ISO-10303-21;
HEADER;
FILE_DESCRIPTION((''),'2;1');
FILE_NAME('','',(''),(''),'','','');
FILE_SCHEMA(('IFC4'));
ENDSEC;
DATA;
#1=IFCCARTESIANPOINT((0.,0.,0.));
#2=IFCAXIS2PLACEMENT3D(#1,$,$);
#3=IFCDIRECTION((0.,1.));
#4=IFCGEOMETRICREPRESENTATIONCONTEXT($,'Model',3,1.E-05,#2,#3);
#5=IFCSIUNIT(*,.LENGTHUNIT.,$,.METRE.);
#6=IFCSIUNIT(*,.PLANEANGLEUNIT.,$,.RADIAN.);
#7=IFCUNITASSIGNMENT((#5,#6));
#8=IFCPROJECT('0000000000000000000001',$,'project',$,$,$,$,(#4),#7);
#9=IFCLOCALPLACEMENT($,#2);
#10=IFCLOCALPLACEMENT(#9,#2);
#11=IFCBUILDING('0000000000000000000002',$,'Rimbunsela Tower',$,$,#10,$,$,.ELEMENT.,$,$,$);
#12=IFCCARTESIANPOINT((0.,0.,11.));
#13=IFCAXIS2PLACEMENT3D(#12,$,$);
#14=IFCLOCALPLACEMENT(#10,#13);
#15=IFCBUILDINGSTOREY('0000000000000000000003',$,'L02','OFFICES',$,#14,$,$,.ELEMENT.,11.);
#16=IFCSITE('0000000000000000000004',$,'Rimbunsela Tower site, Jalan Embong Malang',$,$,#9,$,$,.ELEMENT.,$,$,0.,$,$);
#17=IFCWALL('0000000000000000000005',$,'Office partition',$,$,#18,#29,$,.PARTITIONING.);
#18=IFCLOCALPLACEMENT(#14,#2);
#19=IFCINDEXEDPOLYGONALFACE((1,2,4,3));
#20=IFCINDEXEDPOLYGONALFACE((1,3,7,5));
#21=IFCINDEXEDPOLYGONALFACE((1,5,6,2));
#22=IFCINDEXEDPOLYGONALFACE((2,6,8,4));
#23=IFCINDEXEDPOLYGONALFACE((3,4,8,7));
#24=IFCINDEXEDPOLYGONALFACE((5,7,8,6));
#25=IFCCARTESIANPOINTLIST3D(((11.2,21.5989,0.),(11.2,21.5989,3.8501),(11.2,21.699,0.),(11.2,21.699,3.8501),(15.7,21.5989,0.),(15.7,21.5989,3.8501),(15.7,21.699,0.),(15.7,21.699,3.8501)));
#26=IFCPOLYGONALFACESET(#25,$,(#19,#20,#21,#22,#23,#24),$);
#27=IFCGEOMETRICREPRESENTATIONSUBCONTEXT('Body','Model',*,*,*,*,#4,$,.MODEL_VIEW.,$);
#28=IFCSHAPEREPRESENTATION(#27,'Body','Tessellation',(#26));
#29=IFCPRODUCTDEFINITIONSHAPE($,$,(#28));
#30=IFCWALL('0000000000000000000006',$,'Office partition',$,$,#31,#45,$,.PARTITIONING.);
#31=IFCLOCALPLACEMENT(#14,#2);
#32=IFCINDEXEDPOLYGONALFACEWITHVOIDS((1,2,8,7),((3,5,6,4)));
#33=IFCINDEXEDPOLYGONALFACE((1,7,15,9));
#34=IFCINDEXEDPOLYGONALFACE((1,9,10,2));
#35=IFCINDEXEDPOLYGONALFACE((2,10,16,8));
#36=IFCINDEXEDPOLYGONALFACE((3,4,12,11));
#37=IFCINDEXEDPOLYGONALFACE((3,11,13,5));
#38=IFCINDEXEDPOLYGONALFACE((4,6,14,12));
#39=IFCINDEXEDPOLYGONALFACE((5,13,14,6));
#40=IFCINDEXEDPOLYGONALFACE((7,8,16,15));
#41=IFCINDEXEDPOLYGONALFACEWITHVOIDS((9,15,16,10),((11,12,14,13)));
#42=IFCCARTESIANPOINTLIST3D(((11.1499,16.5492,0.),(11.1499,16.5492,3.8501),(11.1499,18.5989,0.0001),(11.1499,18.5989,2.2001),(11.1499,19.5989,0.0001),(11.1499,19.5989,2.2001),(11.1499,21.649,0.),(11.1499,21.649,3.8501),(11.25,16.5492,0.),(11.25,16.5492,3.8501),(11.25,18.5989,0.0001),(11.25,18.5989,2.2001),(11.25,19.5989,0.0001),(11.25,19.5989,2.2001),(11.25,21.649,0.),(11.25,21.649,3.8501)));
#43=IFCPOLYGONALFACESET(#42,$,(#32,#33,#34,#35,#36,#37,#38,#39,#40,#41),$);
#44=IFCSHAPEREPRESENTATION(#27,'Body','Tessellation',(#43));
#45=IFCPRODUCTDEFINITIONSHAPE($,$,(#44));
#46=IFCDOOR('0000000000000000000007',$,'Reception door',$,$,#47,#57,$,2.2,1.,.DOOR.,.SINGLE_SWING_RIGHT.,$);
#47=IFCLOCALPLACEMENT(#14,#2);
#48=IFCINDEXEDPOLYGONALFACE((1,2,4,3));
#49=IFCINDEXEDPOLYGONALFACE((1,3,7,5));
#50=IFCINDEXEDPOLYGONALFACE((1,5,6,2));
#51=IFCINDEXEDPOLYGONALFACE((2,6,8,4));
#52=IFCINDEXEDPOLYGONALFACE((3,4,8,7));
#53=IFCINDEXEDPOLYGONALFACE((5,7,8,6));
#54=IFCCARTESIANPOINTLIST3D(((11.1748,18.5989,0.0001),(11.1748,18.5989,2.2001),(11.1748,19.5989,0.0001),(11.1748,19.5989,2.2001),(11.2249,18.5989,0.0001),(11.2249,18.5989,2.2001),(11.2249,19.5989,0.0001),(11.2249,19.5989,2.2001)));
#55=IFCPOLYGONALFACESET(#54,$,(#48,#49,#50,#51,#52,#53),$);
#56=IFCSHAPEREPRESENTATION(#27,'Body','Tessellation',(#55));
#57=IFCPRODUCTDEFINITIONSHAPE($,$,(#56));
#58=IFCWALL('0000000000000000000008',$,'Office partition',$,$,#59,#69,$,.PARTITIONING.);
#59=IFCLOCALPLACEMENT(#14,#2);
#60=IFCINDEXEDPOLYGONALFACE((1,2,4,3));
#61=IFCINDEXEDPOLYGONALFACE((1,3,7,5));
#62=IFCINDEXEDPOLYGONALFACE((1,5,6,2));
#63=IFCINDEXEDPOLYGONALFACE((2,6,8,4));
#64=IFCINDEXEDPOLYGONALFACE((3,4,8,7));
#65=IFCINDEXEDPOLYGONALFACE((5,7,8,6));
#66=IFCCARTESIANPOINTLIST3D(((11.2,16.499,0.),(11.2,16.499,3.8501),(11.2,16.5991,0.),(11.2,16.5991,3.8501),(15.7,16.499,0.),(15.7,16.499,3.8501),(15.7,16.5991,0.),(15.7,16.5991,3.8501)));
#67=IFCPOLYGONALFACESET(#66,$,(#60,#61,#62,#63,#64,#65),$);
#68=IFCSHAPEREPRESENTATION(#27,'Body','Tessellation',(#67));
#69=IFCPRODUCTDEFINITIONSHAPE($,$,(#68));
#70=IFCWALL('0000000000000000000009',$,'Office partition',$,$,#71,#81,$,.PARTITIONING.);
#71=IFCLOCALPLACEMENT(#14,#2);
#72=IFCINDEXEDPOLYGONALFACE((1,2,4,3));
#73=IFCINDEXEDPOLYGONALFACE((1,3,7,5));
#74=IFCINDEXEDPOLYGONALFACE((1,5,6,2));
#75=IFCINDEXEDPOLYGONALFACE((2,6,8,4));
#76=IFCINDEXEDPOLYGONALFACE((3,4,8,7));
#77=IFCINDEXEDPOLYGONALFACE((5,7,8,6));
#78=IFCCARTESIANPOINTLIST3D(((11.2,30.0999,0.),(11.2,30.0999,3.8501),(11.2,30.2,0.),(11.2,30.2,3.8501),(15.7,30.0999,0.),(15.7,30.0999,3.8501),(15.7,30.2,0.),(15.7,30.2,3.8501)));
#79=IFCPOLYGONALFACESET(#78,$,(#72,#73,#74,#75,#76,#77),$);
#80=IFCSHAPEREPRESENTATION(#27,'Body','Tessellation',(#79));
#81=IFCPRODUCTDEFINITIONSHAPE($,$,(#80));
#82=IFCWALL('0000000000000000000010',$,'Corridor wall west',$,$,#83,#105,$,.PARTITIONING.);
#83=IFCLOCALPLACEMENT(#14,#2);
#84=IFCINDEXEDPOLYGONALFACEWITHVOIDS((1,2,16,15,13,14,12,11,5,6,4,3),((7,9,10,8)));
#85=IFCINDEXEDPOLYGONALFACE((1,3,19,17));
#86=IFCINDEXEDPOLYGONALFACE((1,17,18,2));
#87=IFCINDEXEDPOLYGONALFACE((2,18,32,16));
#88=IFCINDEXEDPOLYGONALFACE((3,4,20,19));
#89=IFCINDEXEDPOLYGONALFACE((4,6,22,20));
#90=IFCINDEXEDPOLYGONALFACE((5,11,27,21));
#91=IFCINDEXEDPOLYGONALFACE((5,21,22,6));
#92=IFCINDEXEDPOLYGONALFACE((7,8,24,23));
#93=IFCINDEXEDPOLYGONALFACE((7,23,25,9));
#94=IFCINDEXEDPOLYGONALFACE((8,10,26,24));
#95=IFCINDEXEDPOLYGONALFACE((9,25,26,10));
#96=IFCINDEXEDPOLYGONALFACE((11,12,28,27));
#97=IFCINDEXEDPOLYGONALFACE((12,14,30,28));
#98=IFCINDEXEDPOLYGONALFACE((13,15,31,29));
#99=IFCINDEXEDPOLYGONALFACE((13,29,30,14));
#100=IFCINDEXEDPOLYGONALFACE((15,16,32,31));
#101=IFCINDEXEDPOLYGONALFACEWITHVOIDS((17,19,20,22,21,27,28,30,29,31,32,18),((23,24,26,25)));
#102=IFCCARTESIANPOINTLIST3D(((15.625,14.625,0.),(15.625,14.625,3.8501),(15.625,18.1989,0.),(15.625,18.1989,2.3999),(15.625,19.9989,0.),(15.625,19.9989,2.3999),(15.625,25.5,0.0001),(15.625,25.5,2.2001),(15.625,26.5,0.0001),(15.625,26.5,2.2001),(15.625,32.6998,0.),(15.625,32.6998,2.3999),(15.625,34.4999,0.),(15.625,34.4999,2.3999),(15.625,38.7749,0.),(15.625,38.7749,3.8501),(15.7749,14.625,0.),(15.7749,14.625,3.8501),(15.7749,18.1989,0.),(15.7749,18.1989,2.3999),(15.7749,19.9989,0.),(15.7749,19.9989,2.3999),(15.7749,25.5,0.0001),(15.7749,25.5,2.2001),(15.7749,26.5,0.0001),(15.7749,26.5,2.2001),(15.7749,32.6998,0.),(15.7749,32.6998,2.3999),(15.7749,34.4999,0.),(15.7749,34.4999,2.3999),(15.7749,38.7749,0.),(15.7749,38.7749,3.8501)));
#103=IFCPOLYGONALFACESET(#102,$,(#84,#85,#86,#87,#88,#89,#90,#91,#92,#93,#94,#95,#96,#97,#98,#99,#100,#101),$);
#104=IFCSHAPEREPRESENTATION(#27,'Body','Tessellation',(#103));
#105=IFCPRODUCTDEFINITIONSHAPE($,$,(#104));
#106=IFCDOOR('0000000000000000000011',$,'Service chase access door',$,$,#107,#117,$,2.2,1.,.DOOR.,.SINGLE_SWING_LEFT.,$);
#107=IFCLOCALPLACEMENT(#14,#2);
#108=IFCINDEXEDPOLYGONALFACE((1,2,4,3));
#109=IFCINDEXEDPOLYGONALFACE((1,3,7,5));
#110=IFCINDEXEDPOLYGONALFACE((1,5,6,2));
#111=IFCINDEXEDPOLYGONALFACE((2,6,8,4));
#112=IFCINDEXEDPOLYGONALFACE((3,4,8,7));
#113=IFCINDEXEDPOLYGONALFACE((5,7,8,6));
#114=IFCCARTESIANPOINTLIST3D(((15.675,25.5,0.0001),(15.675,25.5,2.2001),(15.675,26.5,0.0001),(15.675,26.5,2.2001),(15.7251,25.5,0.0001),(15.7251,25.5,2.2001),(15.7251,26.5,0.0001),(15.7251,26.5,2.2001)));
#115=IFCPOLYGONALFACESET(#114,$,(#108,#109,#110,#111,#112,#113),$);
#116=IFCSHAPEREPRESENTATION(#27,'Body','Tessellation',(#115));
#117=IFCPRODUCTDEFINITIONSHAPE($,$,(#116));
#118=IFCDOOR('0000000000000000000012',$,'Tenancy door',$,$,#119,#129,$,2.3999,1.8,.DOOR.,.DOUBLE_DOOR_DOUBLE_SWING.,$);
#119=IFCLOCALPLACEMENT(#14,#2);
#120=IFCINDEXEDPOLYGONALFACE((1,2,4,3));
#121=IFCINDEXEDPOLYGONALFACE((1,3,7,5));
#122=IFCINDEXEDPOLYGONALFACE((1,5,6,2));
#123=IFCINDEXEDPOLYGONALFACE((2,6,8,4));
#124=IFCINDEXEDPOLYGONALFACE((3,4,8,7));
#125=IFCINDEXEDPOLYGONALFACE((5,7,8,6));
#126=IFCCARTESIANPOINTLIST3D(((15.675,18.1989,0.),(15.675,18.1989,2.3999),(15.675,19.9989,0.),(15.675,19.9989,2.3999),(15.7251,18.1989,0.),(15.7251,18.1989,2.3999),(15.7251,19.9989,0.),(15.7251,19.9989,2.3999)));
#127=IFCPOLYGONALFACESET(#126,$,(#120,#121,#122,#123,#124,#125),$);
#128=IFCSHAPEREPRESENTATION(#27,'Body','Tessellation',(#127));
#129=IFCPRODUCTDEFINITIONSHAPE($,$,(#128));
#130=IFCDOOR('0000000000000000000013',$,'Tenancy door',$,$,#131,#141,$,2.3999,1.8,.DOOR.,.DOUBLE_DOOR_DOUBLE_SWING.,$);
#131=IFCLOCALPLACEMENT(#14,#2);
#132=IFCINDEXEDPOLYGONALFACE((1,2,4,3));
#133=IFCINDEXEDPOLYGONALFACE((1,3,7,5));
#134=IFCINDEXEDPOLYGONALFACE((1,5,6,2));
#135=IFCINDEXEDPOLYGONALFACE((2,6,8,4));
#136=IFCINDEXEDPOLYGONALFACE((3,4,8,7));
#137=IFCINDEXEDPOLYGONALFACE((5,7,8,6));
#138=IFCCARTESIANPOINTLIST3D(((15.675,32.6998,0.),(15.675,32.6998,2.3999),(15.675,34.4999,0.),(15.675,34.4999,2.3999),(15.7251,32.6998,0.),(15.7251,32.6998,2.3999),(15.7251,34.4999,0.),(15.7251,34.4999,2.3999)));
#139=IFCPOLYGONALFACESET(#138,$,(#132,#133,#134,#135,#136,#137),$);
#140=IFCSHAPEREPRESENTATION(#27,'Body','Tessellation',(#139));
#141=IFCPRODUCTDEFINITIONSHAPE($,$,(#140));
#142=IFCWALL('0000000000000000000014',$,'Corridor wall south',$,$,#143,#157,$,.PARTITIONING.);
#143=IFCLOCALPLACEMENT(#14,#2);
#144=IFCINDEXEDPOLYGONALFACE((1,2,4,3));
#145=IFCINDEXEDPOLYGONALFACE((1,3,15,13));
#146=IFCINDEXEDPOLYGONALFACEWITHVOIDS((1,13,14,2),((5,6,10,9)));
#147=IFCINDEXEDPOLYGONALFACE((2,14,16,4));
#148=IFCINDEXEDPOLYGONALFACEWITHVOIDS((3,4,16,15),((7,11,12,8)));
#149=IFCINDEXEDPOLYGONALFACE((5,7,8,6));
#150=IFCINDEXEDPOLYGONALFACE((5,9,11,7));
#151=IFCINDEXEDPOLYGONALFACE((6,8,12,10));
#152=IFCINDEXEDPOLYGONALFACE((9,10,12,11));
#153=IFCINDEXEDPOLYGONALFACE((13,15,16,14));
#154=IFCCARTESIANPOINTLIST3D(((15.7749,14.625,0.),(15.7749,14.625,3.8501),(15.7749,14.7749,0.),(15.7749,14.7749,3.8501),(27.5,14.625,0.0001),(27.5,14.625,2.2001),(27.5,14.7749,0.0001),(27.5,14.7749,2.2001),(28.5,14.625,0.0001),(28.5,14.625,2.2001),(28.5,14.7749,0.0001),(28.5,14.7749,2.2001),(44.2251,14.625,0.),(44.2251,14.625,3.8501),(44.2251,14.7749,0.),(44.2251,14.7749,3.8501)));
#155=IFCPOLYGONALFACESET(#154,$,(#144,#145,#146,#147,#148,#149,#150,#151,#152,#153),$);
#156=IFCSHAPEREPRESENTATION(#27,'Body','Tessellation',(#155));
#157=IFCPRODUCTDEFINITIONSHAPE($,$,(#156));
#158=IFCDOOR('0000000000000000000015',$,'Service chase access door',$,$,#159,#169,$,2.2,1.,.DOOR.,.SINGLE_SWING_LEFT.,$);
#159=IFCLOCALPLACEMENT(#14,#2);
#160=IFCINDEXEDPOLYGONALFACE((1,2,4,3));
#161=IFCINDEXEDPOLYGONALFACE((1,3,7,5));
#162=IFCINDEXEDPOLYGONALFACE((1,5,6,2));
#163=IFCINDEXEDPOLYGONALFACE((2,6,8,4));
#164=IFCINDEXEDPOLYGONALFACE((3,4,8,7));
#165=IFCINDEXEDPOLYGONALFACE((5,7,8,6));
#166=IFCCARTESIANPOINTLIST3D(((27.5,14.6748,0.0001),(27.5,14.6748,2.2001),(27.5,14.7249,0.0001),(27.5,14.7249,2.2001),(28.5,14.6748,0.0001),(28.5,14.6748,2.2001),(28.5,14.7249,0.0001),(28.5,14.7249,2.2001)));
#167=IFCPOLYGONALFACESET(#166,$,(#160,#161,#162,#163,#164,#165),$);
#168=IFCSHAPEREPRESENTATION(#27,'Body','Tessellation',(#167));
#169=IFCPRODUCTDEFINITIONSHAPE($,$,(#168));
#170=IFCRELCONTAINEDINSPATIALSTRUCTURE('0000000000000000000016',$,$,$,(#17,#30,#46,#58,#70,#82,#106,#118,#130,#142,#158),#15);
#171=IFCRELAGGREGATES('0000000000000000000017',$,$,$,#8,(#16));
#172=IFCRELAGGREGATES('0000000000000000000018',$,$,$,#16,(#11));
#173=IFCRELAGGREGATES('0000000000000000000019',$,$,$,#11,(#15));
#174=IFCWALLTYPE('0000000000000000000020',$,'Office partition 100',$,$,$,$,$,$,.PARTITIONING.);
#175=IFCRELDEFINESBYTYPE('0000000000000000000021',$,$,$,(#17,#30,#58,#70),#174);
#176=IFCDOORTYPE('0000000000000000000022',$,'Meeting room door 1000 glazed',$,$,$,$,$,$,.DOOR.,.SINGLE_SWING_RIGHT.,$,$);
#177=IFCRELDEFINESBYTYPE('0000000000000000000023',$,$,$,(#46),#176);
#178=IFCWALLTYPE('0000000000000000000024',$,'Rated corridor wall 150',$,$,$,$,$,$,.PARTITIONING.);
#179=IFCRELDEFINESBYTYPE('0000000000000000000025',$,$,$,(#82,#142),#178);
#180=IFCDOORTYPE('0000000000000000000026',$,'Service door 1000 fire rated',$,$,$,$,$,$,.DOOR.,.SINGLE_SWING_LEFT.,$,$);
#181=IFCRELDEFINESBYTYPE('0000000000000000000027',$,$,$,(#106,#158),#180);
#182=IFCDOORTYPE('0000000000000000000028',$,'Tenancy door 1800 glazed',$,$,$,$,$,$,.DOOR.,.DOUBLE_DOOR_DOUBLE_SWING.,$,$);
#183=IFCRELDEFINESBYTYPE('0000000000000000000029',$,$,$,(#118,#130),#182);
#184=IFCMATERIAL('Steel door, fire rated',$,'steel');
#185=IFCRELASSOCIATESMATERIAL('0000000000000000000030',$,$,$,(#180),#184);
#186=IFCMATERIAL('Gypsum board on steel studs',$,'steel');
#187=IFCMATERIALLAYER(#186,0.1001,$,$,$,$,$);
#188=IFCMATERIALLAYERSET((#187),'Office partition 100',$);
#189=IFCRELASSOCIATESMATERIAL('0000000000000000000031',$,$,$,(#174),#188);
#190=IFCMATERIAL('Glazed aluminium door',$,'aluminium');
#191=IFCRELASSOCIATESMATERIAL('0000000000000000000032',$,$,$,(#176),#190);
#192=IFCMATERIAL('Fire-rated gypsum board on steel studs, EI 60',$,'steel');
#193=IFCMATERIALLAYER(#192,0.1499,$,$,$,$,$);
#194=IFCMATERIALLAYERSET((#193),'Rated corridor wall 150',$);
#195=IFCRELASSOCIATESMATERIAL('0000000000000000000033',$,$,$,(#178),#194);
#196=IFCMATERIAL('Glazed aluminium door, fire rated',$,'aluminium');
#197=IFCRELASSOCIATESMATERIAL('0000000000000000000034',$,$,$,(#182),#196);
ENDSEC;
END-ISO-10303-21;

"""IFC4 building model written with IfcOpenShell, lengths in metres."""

from ifc_helpers import new_model, si_unit, direction, frame, frame_2d, origin, place, context, subcontext, project, spatial, rectangle, extrude, material, layer, layer_set, type_object, element, fill, save


model = new_model("IFC4")

# Units and contexts
model_context = context("Model", 3, precision=1e-05, world=origin(), true_north=direction((0.0, 1.0)))
body_context = subcontext(model_context, "Body", "Model", "MODEL_VIEW")
ifc_project = project(units=[si_unit("LENGTHUNIT", "METRE"), si_unit("PLANEANGLEUNIT", "RADIAN")], contexts=[model_context])

# Site, building, storey
site_placement = place(None, origin())
site = spatial("IfcSite", under=ifc_project, at=site_placement, Name="Rimbunsela Tower site, Jalan Embong Malang", CompositionType="ELEMENT", RefElevation=0.0)
building_placement = place(site_placement, origin())
building = spatial("IfcBuilding", under=site, at=building_placement, Name="Rimbunsela Tower", CompositionType="ELEMENT")
storey_placement = place(building_placement, frame((0.0, 0.0, 11.0)))
storey = spatial("IfcBuildingStorey", under=building, at=storey_placement, Name="L02", Description="OFFICES", CompositionType="ELEMENT", Elevation=11.0)

# Shared definitions
ifc_material_1 = material(Name="Steel door, fire rated", Category="steel")
door_type_1 = type_object("IfcDoorType", Name="Service door 1000 fire rated", OperationType="SINGLE_SWING_LEFT", PredefinedType="DOOR", material=ifc_material_1)

# Wall
ifc_material_2 = material(Name="Gypsum board on steel studs", Category="steel")
ifc_layer_1 = layer(ifc_material_2, 0.1001)
ifc_layer_set_1 = layer_set([ifc_layer_1], Name="Office partition 100")
wall_type_1 = type_object("IfcWallType", Name="Office partition 100", PredefinedType="PARTITIONING", material=ifc_layer_set_1)
wall_1_placement = place(storey_placement, frame((15.7, 21.6489, 0.0), z_axis=(0.0, 0.0, 1.0), x_axis=(-1.0, 0.0, 0.0)))
element("IfcWall", 1, at=wall_1_placement, inside=storey, type_object=wall_type_1, Name="Office partition", PredefinedType="PARTITIONING", context=body_context, shape_type="SweptSolid", body=[
    extrude(rectangle(XDim=4.5, YDim=0.1001, at=frame_2d((2.25, 0.0))), origin(), (0.0, 0.0, 1.0), 3.8501),
])

# Wall, opening, door
wall_2_placement = place(storey_placement, frame((11.2, 21.6489, 0.0), z_axis=(0.0, 0.0, 1.0), x_axis=(0.0, -1.0, 0.0)))
wall_2 = element("IfcWall", 2, at=wall_2_placement, inside=storey, type_object=wall_type_1, Name="Office partition", PredefinedType="PARTITIONING", context=body_context, shape_type="SweptSolid", body=[
    extrude(rectangle(XDim=5.0999, YDim=0.1001, at=frame_2d((2.5498, 0.0))), origin(), (0.0, 0.0, 1.0), 3.8501),
])
opening_1_placement = place(wall_2_placement, frame((2.05, 0.0, 0.0)))
opening_1 = element("IfcOpeningElement", 3, at=opening_1_placement, cuts=wall_2, PredefinedType="OPENING", context=body_context, shape_type="SweptSolid", body=[
    extrude(rectangle(XDim=1.0, YDim=2.2, at=frame_2d((0.5, 1.1001))), frame((0.0, 0.0601, 0.0), z_axis=(0.0, -1.0, 0.0), x_axis=(1.0, 0.0, 0.0)), (0.0, 0.0, 1.0), 0.1201),
])
ifc_material_3 = material(Name="Glazed aluminium door", Category="aluminium")
door_type_2 = type_object("IfcDoorType", Name="Meeting room door 1000 glazed", OperationType="SINGLE_SWING_RIGHT", PredefinedType="DOOR", material=ifc_material_3)
door_1_placement = place(opening_1_placement, origin())
door_1 = element("IfcDoor", 4, at=door_1_placement, inside=storey, type_object=door_type_2, Name="Reception door", OperationType="SINGLE_SWING_RIGHT", OverallHeight=2.2, OverallWidth=1.0, PredefinedType="DOOR", context=body_context, shape_type="SweptSolid", body=[
    extrude(rectangle(XDim=1.0, YDim=2.2, at=frame_2d((0.5, 1.1001))), frame((0.0, 0.0249, 0.0), z_axis=(0.0, -1.0, 0.0), x_axis=(1.0, 0.0, 0.0)), (0.0, 0.0, 1.0), 0.05),
])
fill(opening_1, door_1)

# Walls
for number, where, z_axis, x_axis, name in (
    (5, (11.2, 16.5491, 0.0), (0.0, 0.0, 1.0), (1.0, 0.0, 0.0), "Office partition"),
    (6, (11.2, 30.1499, 0.0), (0.0, 0.0, 1.0), (1.0, 0.0, 0.0), "Office partition"),
):
    element("IfcWall", number, at=place(storey_placement, frame(where, z_axis=z_axis, x_axis=x_axis)), inside=storey, type_object=wall_type_1, Name=name, PredefinedType="PARTITIONING", context=body_context, shape_type="SweptSolid", body=[
        extrude(rectangle(XDim=4.5, YDim=0.1001, at=frame_2d((2.25, 0.0))), origin(), (0.0, 0.0, 1.0), 3.8501),
    ])

# Wall, openings, doors
ifc_material_4 = material(Name="Fire-rated gypsum board on steel studs, EI 60", Category="steel")
ifc_layer_2 = layer(ifc_material_4, 0.1499)
ifc_layer_set_2 = layer_set([ifc_layer_2], Name="Rated corridor wall 150")
wall_type_2 = type_object("IfcWallType", Name="Rated corridor wall 150", PredefinedType="PARTITIONING", material=ifc_layer_set_2)
wall_3_placement = place(storey_placement, frame((15.7, 14.625, 0.0), z_axis=(0.0, 0.0, 1.0), x_axis=(0.0, 1.0, 0.0)))
wall_3 = element("IfcWall", 7, at=wall_3_placement, inside=storey, type_object=wall_type_2, Name="Corridor wall west", PredefinedType="PARTITIONING", context=body_context, shape_type="SweptSolid", body=[
    extrude(rectangle(XDim=24.1499, YDim=0.1499, at=frame_2d((12.075, 0.0))), origin(), (0.0, 0.0, 1.0), 3.8501),
])
opening_2_placement = place(wall_3_placement, frame((3.574, 0.0, 0.0)))
opening_2 = element("IfcOpeningElement", 8, at=opening_2_placement, cuts=wall_3, PredefinedType="OPENING", context=body_context, shape_type="SweptSolid", body=[
    extrude(rectangle(XDim=1.8, YDim=2.3999, at=frame_2d((0.8999, 1.2))), frame((0.0, 0.085, 0.0), z_axis=(0.0, -1.0, 0.0), x_axis=(1.0, 0.0, 0.0)), (0.0, 0.0, 1.0), 0.1699),
])
opening_3_placement = place(wall_3_placement, frame((18.075, 0.0, 0.0)))
opening_3 = element("IfcOpeningElement", 9, at=opening_3_placement, cuts=wall_3, PredefinedType="OPENING", context=body_context, shape_type="SweptSolid", body=[
    extrude(rectangle(XDim=1.8, YDim=2.3999, at=frame_2d((0.8999, 1.2))), frame((0.0, 0.085, 0.0), z_axis=(0.0, -1.0, 0.0), x_axis=(1.0, 0.0, 0.0)), (0.0, 0.0, 1.0), 0.1699),
])
opening_4_placement = place(wall_3_placement, frame((10.875, 0.0, 0.0)))
opening_4 = element("IfcOpeningElement", 10, at=opening_4_placement, cuts=wall_3, PredefinedType="OPENING", context=body_context, shape_type="SweptSolid", body=[
    extrude(rectangle(XDim=1.0, YDim=2.2, at=frame_2d((0.5, 1.1001))), frame((0.0, 0.085, 0.0), z_axis=(0.0, -1.0, 0.0), x_axis=(1.0, 0.0, 0.0)), (0.0, 0.0, 1.0), 0.1699),
])
door_2_placement = place(opening_4_placement, origin())
door_2 = element("IfcDoor", 11, at=door_2_placement, inside=storey, type_object=door_type_1, Name="Service chase access door", OperationType="SINGLE_SWING_LEFT", OverallHeight=2.2, OverallWidth=1.0, PredefinedType="DOOR", context=body_context, shape_type="SweptSolid", body=[
    extrude(rectangle(XDim=1.0, YDim=2.2, at=frame_2d((0.5, 1.1001))), frame((0.0, 0.0249, 0.0), z_axis=(0.0, -1.0, 0.0), x_axis=(1.0, 0.0, 0.0)), (0.0, 0.0, 1.0), 0.05),
])
fill(opening_4, door_2)
ifc_material_5 = material(Name="Glazed aluminium door, fire rated", Category="aluminium")
door_type_3 = type_object("IfcDoorType", Name="Tenancy door 1800 glazed", OperationType="DOUBLE_DOOR_DOUBLE_SWING", PredefinedType="DOOR", material=ifc_material_5)
door_3_placement = place(opening_2_placement, origin())
door_3 = element("IfcDoor", 12, at=door_3_placement, inside=storey, type_object=door_type_3, Name="Tenancy door", OperationType="DOUBLE_DOOR_DOUBLE_SWING", OverallHeight=2.3999, OverallWidth=1.8, PredefinedType="DOOR", context=body_context, shape_type="SweptSolid", body=[
    extrude(rectangle(XDim=1.8, YDim=2.3999, at=frame_2d((0.8999, 1.2))), frame((0.0, 0.0249, 0.0), z_axis=(0.0, -1.0, 0.0), x_axis=(1.0, 0.0, 0.0)), (0.0, 0.0, 1.0), 0.05),
])
fill(opening_2, door_3)
door_4_placement = place(opening_3_placement, origin())
door_4 = element("IfcDoor", 13, at=door_4_placement, inside=storey, type_object=door_type_3, Name="Tenancy door", OperationType="DOUBLE_DOOR_DOUBLE_SWING", OverallHeight=2.3999, OverallWidth=1.8, PredefinedType="DOOR", context=body_context, shape_type="SweptSolid", body=[
    extrude(rectangle(XDim=1.8, YDim=2.3999, at=frame_2d((0.8999, 1.2))), frame((0.0, 0.0249, 0.0), z_axis=(0.0, -1.0, 0.0), x_axis=(1.0, 0.0, 0.0)), (0.0, 0.0, 1.0), 0.05),
])
fill(opening_3, door_4)

# Wall, opening, door
wall_4_placement = place(storey_placement, frame((15.7749, 14.7, 0.0), z_axis=(0.0, 0.0, 1.0), x_axis=(1.0, 0.0, 0.0)))
wall_4 = element("IfcWall", 14, at=wall_4_placement, inside=storey, type_object=wall_type_2, Name="Corridor wall south", PredefinedType="PARTITIONING", context=body_context, shape_type="SweptSolid", body=[
    extrude(rectangle(XDim=28.4502, YDim=0.1499, at=frame_2d((14.2251, 0.0))), origin(), (0.0, 0.0, 1.0), 3.8501),
])
opening_5_placement = place(wall_4_placement, frame((11.7251, 0.0, 0.0)))
opening_5 = element("IfcOpeningElement", 15, at=opening_5_placement, cuts=wall_4, PredefinedType="OPENING", context=body_context, shape_type="SweptSolid", body=[
    extrude(rectangle(XDim=1.0, YDim=2.2, at=frame_2d((0.5, 1.1001))), frame((0.0, 0.085, 0.0), z_axis=(0.0, -1.0, 0.0), x_axis=(1.0, 0.0, 0.0)), (0.0, 0.0, 1.0), 0.1699),
])
door_5_placement = place(opening_5_placement, origin())
door_5 = element("IfcDoor", 16, at=door_5_placement, inside=storey, type_object=door_type_1, Name="Service chase access door", OperationType="SINGLE_SWING_LEFT", OverallHeight=2.2, OverallWidth=1.0, PredefinedType="DOOR", context=body_context, shape_type="SweptSolid", body=[
    extrude(rectangle(XDim=1.0, YDim=2.2, at=frame_2d((0.5, 1.1001))), frame((0.0, 0.0249, 0.0), z_axis=(0.0, -1.0, 0.0), x_axis=(1.0, 0.0, 0.0)), (0.0, 0.0, 1.0), 0.05),
])
fill(opening_5, door_5)

save(model, "model.ifc")
